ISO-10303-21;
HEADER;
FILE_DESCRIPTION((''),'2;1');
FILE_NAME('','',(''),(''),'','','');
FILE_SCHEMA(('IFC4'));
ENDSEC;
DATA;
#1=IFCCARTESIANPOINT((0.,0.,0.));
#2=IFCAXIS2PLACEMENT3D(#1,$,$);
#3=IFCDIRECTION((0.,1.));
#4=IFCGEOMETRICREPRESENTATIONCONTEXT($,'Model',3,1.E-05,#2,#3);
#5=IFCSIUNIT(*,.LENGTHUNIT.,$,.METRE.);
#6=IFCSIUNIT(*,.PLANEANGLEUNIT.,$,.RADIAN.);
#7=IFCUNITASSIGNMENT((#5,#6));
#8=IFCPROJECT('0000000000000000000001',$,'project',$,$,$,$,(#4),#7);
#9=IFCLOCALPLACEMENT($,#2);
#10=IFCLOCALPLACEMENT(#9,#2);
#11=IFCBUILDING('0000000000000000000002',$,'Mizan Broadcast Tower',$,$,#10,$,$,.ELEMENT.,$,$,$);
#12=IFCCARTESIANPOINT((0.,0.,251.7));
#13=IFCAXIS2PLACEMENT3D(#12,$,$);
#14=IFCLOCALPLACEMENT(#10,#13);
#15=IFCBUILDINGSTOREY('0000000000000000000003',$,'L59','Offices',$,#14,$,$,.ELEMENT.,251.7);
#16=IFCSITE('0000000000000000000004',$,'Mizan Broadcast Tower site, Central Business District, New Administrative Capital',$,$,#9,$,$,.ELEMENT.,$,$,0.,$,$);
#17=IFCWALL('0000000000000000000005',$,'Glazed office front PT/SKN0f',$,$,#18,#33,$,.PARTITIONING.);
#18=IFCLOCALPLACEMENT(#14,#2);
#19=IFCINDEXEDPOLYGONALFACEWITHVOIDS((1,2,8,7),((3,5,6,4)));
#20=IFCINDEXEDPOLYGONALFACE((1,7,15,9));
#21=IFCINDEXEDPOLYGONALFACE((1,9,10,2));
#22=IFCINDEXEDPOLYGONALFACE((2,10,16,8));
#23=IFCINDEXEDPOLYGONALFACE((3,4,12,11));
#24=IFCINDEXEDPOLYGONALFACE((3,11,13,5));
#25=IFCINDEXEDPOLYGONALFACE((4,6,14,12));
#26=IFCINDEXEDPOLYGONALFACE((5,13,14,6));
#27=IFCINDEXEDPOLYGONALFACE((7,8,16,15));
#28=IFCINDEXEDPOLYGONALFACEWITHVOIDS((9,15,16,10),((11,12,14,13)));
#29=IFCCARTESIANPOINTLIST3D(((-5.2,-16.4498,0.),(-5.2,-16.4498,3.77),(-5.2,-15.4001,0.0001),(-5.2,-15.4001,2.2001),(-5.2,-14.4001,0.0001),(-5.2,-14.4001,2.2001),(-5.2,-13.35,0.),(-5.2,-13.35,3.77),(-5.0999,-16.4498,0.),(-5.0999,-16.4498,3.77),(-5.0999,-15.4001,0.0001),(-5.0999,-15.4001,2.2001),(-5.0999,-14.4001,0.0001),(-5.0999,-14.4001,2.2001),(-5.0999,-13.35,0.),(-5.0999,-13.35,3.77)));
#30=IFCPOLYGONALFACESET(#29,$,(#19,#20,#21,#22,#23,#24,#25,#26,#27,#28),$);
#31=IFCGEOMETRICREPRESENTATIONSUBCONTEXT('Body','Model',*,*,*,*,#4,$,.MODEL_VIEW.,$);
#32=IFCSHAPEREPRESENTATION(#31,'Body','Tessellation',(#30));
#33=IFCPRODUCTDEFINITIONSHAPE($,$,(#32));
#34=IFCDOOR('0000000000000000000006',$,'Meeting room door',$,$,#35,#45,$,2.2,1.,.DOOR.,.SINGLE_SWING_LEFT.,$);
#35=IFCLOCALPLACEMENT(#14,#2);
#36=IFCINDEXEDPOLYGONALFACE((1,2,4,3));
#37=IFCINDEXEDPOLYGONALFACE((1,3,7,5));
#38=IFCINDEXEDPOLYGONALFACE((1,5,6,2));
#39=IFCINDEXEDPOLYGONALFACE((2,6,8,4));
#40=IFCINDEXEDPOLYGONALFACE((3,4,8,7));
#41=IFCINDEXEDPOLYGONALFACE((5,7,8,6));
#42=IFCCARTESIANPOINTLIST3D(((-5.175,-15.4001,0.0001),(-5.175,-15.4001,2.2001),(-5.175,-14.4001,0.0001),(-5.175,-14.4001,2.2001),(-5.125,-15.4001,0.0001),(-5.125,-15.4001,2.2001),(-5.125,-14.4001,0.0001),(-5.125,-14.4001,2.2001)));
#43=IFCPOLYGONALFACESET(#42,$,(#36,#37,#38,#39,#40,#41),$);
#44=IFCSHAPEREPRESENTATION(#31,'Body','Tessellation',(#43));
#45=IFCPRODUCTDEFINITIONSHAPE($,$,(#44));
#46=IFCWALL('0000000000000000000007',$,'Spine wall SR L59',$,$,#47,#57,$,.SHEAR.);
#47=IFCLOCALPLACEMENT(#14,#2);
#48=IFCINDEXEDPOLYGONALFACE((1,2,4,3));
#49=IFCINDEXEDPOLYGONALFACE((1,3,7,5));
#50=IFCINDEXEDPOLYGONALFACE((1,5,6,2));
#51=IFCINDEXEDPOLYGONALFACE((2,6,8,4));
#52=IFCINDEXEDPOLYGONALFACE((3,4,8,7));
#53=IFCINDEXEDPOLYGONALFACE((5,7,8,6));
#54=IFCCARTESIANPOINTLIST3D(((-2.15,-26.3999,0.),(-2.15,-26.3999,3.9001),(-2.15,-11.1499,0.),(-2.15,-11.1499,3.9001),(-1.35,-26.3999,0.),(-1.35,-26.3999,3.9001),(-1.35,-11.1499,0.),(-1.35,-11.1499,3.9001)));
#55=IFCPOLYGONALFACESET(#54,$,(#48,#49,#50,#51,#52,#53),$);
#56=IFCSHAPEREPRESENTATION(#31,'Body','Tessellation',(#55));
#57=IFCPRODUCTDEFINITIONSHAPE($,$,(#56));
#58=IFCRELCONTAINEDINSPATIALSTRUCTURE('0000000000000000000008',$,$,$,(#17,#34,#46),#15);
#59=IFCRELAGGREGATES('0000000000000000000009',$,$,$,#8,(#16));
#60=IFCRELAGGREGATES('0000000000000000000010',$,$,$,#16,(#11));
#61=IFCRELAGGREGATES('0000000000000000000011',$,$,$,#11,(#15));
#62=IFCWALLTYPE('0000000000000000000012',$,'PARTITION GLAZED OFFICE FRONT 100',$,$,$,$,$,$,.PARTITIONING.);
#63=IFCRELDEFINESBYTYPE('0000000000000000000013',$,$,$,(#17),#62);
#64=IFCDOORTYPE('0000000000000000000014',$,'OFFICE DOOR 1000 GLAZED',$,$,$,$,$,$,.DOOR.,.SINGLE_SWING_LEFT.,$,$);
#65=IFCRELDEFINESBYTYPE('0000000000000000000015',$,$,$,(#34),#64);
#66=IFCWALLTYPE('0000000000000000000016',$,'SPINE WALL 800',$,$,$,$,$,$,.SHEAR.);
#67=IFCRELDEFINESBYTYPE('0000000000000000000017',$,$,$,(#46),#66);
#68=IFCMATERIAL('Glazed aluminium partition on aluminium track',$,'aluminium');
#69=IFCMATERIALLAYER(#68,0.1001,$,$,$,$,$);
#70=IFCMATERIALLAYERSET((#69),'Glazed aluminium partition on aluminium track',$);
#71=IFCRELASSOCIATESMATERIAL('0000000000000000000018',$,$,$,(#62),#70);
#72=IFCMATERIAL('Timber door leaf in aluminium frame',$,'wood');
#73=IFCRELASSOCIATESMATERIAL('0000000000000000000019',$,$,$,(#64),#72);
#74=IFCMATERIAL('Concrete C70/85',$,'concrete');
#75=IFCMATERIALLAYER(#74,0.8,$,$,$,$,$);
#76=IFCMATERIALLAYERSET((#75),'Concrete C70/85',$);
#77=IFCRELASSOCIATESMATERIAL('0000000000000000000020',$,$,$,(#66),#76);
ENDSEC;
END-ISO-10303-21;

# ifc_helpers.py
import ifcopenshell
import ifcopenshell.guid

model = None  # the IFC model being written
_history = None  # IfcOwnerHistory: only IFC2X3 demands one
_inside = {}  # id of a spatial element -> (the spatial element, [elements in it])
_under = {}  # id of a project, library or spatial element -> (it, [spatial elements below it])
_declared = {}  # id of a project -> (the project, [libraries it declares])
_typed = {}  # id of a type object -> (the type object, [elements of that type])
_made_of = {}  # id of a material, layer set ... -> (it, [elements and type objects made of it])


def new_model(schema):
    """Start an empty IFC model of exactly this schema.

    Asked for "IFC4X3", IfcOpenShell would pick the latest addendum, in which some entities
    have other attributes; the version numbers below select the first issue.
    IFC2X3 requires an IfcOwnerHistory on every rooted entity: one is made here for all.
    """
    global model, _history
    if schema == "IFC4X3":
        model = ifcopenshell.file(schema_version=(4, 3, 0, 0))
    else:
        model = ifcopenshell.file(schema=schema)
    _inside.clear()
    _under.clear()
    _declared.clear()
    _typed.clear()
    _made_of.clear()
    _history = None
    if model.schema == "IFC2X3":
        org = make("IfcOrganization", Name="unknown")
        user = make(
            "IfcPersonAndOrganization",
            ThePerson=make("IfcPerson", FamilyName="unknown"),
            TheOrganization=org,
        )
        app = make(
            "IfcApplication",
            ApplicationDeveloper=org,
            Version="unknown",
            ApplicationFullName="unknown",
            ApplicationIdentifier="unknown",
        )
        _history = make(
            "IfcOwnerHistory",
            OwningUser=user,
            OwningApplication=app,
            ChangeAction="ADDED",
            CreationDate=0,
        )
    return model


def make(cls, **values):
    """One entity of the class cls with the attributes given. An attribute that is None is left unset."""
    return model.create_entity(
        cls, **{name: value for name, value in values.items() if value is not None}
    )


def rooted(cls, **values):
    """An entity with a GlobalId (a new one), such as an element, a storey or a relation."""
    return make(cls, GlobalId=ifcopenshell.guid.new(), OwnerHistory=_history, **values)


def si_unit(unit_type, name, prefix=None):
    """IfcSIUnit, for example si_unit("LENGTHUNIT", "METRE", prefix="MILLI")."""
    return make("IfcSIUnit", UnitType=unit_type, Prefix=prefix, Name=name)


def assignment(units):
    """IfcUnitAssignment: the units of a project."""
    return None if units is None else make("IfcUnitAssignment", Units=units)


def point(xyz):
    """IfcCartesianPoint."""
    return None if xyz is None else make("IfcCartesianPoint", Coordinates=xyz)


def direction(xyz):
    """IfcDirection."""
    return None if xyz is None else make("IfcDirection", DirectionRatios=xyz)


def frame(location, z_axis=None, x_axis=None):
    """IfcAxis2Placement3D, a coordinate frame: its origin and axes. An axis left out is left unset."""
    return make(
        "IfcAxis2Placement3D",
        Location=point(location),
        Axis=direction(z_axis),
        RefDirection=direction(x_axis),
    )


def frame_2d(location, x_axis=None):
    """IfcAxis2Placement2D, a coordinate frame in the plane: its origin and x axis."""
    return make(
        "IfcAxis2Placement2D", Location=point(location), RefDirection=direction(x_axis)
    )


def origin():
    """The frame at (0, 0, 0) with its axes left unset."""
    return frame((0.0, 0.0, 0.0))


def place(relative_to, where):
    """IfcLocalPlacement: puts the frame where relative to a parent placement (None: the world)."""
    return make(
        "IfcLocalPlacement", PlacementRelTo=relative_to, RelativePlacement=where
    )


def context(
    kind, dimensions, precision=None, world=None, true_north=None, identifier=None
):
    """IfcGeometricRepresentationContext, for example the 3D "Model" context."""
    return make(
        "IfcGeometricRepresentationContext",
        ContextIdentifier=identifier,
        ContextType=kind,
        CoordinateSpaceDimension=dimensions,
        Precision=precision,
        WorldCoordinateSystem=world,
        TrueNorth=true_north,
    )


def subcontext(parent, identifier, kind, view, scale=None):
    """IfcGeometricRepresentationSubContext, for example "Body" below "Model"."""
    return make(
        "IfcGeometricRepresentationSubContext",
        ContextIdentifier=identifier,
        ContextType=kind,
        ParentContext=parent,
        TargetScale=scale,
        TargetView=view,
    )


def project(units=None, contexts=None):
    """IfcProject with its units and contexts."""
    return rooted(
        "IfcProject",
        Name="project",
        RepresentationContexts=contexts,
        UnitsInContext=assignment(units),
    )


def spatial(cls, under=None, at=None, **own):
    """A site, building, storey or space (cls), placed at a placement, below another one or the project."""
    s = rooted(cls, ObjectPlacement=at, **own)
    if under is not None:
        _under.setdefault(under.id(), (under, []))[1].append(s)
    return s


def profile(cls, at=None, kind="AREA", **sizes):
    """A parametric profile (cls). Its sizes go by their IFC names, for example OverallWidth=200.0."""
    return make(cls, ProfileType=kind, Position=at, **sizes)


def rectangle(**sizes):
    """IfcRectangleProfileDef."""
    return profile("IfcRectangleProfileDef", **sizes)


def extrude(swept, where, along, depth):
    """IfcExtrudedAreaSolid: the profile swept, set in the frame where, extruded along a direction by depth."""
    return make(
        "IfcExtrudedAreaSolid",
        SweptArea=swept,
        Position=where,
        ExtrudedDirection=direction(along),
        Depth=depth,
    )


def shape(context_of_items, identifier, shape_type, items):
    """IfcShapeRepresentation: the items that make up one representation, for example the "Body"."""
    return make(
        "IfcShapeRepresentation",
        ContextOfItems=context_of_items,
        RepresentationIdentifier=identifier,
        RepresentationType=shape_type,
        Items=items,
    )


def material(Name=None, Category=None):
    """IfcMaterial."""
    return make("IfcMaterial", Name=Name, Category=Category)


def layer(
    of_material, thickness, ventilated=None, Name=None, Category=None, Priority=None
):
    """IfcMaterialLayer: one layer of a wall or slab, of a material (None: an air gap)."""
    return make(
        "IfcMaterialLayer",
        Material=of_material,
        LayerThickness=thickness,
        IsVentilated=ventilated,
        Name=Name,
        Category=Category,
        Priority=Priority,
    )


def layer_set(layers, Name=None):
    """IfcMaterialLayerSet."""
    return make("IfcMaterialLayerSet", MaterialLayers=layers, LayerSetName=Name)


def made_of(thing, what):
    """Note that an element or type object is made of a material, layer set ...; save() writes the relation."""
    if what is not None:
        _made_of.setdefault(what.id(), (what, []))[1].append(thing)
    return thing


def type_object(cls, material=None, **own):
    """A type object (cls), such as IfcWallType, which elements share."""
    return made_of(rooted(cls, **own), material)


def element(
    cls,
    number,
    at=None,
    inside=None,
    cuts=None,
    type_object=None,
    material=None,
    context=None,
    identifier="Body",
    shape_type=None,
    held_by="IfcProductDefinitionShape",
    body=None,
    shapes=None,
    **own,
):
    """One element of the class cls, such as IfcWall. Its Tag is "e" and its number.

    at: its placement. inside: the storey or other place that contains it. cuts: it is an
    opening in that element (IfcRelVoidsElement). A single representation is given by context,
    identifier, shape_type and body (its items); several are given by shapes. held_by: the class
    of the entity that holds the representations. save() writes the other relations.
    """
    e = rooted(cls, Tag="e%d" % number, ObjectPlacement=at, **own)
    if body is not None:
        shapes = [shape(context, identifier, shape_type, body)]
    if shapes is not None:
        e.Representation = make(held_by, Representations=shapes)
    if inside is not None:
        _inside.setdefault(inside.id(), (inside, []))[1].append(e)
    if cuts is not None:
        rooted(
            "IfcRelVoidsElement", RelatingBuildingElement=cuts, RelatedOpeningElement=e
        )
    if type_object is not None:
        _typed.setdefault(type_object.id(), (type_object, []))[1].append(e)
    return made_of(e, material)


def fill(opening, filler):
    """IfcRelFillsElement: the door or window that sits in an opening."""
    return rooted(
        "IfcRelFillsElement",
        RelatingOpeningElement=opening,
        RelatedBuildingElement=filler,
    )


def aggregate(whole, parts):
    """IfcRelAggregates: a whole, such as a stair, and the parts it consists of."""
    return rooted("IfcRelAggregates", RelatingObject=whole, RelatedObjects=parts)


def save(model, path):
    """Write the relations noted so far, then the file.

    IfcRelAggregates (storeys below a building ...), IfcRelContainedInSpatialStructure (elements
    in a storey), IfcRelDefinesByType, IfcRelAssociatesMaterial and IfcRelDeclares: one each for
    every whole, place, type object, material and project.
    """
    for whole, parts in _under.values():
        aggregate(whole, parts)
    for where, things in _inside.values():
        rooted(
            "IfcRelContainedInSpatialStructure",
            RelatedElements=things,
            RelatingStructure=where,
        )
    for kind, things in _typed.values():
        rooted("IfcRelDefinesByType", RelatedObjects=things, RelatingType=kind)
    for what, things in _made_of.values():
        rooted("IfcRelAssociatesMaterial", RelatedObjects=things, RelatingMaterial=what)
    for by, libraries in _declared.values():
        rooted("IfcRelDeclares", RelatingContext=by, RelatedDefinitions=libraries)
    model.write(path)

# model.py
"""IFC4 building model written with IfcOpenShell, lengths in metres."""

from ifc_helpers import new_model, si_unit, direction, frame, frame_2d, origin, place, context, subcontext, project, spatial, rectangle, extrude, material, layer, layer_set, type_object, element, fill, save


model = new_model("IFC4")

# Units and contexts
model_context = context("Model", 3, precision=1e-05, world=origin(), true_north=direction((0.0, 1.0)))
body_context = subcontext(model_context, "Body", "Model", "MODEL_VIEW")
ifc_project = project(units=[si_unit("LENGTHUNIT", "METRE"), si_unit("PLANEANGLEUNIT", "RADIAN")], contexts=[model_context])

# Site, building, storey
site_placement = place(None, origin())
site = spatial("IfcSite", under=ifc_project, at=site_placement, Name="Mizan Broadcast Tower site, Central Business District, New Administrative Capital", CompositionType="ELEMENT", RefElevation=0.0)
building_placement = place(site_placement, origin())
building = spatial("IfcBuilding", under=site, at=building_placement, Name="Mizan Broadcast Tower", CompositionType="ELEMENT")
storey_placement = place(building_placement, frame((0.0, 0.0, 251.7)))
storey = spatial("IfcBuildingStorey", under=building, at=storey_placement, Name="L59", Description="Offices", CompositionType="ELEMENT", Elevation=251.7)

# Shared definitions
ifc_material_1 = material(Name="Glazed aluminium partition on aluminium track", Category="aluminium")
ifc_layer_1 = layer(ifc_material_1, 0.1001)
ifc_layer_set_1 = layer_set([ifc_layer_1], Name="Glazed aluminium partition on aluminium track")
wall_type_1 = type_object("IfcWallType", Name="PARTITION GLAZED OFFICE FRONT 100", PredefinedType="PARTITIONING", material=ifc_layer_set_1)

# Wall, opening, door
wall_1_placement = place(storey_placement, frame((-5.1499, -13.3501, 0.0), z_axis=(0.0, 0.0, 1.0), x_axis=(0.0, -1.0, 0.0)))
wall_1 = element("IfcWall", 1, at=wall_1_placement, inside=storey, type_object=wall_type_1, Name="Glazed office front PT/SKN0f", PredefinedType="PARTITIONING", context=body_context, shape_type="SweptSolid", body=[
    extrude(rectangle(XDim=3.0999, YDim=0.1001, at=frame_2d((1.5498, 0.0))), origin(), (0.0, 0.0, 1.0), 3.77),
])
opening_1_placement = place(wall_1_placement, frame((1.05, 0.0, 0.0)))
opening_1 = element("IfcOpeningElement", 2, at=opening_1_placement, cuts=wall_1, PredefinedType="OPENING", context=body_context, shape_type="SweptSolid", body=[
    extrude(rectangle(XDim=1.0, YDim=2.2, at=frame_2d((0.5, 1.1001))), frame((0.0, 0.0601, 0.0), z_axis=(0.0, -1.0, 0.0), x_axis=(1.0, 0.0, 0.0)), (0.0, 0.0, 1.0), 0.1201),
])
ifc_material_2 = material(Name="Timber door leaf in aluminium frame", Category="wood")
door_type_1 = type_object("IfcDoorType", Name="OFFICE DOOR 1000 GLAZED", OperationType="SINGLE_SWING_LEFT", PredefinedType="DOOR", material=ifc_material_2)
door_1_placement = place(opening_1_placement, origin())
door_1 = element("IfcDoor", 3, at=door_1_placement, inside=storey, type_object=door_type_1, Name="Meeting room door", OperationType="SINGLE_SWING_LEFT", OverallHeight=2.2, OverallWidth=1.0, PredefinedType="DOOR", context=body_context, shape_type="SweptSolid", body=[
    extrude(rectangle(XDim=1.0, YDim=2.2, at=frame_2d((0.5, 1.1001))), frame((0.0, 0.0249, 0.0), z_axis=(0.0, -1.0, 0.0), x_axis=(1.0, 0.0, 0.0)), (0.0, 0.0, 1.0), 0.05),
])
fill(opening_1, door_1)

# Wall
ifc_material_3 = material(Name="Concrete C70/85", Category="concrete")
ifc_layer_2 = layer(ifc_material_3, 0.8)
ifc_layer_set_2 = layer_set([ifc_layer_2], Name="Concrete C70/85")
wall_type_2 = type_object("IfcWallType", Name="SPINE WALL 800", PredefinedType="SHEAR", material=ifc_layer_set_2)
wall_2_placement = place(storey_placement, frame((-1.75, -11.1499, 0.0), z_axis=(0.0, 0.0, 1.0), x_axis=(0.0, -1.0, 0.0)))
element("IfcWall", 4, at=wall_2_placement, inside=storey, type_object=wall_type_2, Name="Spine wall SR L59", PredefinedType="SHEAR", context=body_context, shape_type="SweptSolid", body=[
    extrude(rectangle(XDim=15.25, YDim=0.8, at=frame_2d((7.625, 0.0))), origin(), (0.0, 0.0, 1.0), 3.9001),
])

save(model, "model.ifc")
